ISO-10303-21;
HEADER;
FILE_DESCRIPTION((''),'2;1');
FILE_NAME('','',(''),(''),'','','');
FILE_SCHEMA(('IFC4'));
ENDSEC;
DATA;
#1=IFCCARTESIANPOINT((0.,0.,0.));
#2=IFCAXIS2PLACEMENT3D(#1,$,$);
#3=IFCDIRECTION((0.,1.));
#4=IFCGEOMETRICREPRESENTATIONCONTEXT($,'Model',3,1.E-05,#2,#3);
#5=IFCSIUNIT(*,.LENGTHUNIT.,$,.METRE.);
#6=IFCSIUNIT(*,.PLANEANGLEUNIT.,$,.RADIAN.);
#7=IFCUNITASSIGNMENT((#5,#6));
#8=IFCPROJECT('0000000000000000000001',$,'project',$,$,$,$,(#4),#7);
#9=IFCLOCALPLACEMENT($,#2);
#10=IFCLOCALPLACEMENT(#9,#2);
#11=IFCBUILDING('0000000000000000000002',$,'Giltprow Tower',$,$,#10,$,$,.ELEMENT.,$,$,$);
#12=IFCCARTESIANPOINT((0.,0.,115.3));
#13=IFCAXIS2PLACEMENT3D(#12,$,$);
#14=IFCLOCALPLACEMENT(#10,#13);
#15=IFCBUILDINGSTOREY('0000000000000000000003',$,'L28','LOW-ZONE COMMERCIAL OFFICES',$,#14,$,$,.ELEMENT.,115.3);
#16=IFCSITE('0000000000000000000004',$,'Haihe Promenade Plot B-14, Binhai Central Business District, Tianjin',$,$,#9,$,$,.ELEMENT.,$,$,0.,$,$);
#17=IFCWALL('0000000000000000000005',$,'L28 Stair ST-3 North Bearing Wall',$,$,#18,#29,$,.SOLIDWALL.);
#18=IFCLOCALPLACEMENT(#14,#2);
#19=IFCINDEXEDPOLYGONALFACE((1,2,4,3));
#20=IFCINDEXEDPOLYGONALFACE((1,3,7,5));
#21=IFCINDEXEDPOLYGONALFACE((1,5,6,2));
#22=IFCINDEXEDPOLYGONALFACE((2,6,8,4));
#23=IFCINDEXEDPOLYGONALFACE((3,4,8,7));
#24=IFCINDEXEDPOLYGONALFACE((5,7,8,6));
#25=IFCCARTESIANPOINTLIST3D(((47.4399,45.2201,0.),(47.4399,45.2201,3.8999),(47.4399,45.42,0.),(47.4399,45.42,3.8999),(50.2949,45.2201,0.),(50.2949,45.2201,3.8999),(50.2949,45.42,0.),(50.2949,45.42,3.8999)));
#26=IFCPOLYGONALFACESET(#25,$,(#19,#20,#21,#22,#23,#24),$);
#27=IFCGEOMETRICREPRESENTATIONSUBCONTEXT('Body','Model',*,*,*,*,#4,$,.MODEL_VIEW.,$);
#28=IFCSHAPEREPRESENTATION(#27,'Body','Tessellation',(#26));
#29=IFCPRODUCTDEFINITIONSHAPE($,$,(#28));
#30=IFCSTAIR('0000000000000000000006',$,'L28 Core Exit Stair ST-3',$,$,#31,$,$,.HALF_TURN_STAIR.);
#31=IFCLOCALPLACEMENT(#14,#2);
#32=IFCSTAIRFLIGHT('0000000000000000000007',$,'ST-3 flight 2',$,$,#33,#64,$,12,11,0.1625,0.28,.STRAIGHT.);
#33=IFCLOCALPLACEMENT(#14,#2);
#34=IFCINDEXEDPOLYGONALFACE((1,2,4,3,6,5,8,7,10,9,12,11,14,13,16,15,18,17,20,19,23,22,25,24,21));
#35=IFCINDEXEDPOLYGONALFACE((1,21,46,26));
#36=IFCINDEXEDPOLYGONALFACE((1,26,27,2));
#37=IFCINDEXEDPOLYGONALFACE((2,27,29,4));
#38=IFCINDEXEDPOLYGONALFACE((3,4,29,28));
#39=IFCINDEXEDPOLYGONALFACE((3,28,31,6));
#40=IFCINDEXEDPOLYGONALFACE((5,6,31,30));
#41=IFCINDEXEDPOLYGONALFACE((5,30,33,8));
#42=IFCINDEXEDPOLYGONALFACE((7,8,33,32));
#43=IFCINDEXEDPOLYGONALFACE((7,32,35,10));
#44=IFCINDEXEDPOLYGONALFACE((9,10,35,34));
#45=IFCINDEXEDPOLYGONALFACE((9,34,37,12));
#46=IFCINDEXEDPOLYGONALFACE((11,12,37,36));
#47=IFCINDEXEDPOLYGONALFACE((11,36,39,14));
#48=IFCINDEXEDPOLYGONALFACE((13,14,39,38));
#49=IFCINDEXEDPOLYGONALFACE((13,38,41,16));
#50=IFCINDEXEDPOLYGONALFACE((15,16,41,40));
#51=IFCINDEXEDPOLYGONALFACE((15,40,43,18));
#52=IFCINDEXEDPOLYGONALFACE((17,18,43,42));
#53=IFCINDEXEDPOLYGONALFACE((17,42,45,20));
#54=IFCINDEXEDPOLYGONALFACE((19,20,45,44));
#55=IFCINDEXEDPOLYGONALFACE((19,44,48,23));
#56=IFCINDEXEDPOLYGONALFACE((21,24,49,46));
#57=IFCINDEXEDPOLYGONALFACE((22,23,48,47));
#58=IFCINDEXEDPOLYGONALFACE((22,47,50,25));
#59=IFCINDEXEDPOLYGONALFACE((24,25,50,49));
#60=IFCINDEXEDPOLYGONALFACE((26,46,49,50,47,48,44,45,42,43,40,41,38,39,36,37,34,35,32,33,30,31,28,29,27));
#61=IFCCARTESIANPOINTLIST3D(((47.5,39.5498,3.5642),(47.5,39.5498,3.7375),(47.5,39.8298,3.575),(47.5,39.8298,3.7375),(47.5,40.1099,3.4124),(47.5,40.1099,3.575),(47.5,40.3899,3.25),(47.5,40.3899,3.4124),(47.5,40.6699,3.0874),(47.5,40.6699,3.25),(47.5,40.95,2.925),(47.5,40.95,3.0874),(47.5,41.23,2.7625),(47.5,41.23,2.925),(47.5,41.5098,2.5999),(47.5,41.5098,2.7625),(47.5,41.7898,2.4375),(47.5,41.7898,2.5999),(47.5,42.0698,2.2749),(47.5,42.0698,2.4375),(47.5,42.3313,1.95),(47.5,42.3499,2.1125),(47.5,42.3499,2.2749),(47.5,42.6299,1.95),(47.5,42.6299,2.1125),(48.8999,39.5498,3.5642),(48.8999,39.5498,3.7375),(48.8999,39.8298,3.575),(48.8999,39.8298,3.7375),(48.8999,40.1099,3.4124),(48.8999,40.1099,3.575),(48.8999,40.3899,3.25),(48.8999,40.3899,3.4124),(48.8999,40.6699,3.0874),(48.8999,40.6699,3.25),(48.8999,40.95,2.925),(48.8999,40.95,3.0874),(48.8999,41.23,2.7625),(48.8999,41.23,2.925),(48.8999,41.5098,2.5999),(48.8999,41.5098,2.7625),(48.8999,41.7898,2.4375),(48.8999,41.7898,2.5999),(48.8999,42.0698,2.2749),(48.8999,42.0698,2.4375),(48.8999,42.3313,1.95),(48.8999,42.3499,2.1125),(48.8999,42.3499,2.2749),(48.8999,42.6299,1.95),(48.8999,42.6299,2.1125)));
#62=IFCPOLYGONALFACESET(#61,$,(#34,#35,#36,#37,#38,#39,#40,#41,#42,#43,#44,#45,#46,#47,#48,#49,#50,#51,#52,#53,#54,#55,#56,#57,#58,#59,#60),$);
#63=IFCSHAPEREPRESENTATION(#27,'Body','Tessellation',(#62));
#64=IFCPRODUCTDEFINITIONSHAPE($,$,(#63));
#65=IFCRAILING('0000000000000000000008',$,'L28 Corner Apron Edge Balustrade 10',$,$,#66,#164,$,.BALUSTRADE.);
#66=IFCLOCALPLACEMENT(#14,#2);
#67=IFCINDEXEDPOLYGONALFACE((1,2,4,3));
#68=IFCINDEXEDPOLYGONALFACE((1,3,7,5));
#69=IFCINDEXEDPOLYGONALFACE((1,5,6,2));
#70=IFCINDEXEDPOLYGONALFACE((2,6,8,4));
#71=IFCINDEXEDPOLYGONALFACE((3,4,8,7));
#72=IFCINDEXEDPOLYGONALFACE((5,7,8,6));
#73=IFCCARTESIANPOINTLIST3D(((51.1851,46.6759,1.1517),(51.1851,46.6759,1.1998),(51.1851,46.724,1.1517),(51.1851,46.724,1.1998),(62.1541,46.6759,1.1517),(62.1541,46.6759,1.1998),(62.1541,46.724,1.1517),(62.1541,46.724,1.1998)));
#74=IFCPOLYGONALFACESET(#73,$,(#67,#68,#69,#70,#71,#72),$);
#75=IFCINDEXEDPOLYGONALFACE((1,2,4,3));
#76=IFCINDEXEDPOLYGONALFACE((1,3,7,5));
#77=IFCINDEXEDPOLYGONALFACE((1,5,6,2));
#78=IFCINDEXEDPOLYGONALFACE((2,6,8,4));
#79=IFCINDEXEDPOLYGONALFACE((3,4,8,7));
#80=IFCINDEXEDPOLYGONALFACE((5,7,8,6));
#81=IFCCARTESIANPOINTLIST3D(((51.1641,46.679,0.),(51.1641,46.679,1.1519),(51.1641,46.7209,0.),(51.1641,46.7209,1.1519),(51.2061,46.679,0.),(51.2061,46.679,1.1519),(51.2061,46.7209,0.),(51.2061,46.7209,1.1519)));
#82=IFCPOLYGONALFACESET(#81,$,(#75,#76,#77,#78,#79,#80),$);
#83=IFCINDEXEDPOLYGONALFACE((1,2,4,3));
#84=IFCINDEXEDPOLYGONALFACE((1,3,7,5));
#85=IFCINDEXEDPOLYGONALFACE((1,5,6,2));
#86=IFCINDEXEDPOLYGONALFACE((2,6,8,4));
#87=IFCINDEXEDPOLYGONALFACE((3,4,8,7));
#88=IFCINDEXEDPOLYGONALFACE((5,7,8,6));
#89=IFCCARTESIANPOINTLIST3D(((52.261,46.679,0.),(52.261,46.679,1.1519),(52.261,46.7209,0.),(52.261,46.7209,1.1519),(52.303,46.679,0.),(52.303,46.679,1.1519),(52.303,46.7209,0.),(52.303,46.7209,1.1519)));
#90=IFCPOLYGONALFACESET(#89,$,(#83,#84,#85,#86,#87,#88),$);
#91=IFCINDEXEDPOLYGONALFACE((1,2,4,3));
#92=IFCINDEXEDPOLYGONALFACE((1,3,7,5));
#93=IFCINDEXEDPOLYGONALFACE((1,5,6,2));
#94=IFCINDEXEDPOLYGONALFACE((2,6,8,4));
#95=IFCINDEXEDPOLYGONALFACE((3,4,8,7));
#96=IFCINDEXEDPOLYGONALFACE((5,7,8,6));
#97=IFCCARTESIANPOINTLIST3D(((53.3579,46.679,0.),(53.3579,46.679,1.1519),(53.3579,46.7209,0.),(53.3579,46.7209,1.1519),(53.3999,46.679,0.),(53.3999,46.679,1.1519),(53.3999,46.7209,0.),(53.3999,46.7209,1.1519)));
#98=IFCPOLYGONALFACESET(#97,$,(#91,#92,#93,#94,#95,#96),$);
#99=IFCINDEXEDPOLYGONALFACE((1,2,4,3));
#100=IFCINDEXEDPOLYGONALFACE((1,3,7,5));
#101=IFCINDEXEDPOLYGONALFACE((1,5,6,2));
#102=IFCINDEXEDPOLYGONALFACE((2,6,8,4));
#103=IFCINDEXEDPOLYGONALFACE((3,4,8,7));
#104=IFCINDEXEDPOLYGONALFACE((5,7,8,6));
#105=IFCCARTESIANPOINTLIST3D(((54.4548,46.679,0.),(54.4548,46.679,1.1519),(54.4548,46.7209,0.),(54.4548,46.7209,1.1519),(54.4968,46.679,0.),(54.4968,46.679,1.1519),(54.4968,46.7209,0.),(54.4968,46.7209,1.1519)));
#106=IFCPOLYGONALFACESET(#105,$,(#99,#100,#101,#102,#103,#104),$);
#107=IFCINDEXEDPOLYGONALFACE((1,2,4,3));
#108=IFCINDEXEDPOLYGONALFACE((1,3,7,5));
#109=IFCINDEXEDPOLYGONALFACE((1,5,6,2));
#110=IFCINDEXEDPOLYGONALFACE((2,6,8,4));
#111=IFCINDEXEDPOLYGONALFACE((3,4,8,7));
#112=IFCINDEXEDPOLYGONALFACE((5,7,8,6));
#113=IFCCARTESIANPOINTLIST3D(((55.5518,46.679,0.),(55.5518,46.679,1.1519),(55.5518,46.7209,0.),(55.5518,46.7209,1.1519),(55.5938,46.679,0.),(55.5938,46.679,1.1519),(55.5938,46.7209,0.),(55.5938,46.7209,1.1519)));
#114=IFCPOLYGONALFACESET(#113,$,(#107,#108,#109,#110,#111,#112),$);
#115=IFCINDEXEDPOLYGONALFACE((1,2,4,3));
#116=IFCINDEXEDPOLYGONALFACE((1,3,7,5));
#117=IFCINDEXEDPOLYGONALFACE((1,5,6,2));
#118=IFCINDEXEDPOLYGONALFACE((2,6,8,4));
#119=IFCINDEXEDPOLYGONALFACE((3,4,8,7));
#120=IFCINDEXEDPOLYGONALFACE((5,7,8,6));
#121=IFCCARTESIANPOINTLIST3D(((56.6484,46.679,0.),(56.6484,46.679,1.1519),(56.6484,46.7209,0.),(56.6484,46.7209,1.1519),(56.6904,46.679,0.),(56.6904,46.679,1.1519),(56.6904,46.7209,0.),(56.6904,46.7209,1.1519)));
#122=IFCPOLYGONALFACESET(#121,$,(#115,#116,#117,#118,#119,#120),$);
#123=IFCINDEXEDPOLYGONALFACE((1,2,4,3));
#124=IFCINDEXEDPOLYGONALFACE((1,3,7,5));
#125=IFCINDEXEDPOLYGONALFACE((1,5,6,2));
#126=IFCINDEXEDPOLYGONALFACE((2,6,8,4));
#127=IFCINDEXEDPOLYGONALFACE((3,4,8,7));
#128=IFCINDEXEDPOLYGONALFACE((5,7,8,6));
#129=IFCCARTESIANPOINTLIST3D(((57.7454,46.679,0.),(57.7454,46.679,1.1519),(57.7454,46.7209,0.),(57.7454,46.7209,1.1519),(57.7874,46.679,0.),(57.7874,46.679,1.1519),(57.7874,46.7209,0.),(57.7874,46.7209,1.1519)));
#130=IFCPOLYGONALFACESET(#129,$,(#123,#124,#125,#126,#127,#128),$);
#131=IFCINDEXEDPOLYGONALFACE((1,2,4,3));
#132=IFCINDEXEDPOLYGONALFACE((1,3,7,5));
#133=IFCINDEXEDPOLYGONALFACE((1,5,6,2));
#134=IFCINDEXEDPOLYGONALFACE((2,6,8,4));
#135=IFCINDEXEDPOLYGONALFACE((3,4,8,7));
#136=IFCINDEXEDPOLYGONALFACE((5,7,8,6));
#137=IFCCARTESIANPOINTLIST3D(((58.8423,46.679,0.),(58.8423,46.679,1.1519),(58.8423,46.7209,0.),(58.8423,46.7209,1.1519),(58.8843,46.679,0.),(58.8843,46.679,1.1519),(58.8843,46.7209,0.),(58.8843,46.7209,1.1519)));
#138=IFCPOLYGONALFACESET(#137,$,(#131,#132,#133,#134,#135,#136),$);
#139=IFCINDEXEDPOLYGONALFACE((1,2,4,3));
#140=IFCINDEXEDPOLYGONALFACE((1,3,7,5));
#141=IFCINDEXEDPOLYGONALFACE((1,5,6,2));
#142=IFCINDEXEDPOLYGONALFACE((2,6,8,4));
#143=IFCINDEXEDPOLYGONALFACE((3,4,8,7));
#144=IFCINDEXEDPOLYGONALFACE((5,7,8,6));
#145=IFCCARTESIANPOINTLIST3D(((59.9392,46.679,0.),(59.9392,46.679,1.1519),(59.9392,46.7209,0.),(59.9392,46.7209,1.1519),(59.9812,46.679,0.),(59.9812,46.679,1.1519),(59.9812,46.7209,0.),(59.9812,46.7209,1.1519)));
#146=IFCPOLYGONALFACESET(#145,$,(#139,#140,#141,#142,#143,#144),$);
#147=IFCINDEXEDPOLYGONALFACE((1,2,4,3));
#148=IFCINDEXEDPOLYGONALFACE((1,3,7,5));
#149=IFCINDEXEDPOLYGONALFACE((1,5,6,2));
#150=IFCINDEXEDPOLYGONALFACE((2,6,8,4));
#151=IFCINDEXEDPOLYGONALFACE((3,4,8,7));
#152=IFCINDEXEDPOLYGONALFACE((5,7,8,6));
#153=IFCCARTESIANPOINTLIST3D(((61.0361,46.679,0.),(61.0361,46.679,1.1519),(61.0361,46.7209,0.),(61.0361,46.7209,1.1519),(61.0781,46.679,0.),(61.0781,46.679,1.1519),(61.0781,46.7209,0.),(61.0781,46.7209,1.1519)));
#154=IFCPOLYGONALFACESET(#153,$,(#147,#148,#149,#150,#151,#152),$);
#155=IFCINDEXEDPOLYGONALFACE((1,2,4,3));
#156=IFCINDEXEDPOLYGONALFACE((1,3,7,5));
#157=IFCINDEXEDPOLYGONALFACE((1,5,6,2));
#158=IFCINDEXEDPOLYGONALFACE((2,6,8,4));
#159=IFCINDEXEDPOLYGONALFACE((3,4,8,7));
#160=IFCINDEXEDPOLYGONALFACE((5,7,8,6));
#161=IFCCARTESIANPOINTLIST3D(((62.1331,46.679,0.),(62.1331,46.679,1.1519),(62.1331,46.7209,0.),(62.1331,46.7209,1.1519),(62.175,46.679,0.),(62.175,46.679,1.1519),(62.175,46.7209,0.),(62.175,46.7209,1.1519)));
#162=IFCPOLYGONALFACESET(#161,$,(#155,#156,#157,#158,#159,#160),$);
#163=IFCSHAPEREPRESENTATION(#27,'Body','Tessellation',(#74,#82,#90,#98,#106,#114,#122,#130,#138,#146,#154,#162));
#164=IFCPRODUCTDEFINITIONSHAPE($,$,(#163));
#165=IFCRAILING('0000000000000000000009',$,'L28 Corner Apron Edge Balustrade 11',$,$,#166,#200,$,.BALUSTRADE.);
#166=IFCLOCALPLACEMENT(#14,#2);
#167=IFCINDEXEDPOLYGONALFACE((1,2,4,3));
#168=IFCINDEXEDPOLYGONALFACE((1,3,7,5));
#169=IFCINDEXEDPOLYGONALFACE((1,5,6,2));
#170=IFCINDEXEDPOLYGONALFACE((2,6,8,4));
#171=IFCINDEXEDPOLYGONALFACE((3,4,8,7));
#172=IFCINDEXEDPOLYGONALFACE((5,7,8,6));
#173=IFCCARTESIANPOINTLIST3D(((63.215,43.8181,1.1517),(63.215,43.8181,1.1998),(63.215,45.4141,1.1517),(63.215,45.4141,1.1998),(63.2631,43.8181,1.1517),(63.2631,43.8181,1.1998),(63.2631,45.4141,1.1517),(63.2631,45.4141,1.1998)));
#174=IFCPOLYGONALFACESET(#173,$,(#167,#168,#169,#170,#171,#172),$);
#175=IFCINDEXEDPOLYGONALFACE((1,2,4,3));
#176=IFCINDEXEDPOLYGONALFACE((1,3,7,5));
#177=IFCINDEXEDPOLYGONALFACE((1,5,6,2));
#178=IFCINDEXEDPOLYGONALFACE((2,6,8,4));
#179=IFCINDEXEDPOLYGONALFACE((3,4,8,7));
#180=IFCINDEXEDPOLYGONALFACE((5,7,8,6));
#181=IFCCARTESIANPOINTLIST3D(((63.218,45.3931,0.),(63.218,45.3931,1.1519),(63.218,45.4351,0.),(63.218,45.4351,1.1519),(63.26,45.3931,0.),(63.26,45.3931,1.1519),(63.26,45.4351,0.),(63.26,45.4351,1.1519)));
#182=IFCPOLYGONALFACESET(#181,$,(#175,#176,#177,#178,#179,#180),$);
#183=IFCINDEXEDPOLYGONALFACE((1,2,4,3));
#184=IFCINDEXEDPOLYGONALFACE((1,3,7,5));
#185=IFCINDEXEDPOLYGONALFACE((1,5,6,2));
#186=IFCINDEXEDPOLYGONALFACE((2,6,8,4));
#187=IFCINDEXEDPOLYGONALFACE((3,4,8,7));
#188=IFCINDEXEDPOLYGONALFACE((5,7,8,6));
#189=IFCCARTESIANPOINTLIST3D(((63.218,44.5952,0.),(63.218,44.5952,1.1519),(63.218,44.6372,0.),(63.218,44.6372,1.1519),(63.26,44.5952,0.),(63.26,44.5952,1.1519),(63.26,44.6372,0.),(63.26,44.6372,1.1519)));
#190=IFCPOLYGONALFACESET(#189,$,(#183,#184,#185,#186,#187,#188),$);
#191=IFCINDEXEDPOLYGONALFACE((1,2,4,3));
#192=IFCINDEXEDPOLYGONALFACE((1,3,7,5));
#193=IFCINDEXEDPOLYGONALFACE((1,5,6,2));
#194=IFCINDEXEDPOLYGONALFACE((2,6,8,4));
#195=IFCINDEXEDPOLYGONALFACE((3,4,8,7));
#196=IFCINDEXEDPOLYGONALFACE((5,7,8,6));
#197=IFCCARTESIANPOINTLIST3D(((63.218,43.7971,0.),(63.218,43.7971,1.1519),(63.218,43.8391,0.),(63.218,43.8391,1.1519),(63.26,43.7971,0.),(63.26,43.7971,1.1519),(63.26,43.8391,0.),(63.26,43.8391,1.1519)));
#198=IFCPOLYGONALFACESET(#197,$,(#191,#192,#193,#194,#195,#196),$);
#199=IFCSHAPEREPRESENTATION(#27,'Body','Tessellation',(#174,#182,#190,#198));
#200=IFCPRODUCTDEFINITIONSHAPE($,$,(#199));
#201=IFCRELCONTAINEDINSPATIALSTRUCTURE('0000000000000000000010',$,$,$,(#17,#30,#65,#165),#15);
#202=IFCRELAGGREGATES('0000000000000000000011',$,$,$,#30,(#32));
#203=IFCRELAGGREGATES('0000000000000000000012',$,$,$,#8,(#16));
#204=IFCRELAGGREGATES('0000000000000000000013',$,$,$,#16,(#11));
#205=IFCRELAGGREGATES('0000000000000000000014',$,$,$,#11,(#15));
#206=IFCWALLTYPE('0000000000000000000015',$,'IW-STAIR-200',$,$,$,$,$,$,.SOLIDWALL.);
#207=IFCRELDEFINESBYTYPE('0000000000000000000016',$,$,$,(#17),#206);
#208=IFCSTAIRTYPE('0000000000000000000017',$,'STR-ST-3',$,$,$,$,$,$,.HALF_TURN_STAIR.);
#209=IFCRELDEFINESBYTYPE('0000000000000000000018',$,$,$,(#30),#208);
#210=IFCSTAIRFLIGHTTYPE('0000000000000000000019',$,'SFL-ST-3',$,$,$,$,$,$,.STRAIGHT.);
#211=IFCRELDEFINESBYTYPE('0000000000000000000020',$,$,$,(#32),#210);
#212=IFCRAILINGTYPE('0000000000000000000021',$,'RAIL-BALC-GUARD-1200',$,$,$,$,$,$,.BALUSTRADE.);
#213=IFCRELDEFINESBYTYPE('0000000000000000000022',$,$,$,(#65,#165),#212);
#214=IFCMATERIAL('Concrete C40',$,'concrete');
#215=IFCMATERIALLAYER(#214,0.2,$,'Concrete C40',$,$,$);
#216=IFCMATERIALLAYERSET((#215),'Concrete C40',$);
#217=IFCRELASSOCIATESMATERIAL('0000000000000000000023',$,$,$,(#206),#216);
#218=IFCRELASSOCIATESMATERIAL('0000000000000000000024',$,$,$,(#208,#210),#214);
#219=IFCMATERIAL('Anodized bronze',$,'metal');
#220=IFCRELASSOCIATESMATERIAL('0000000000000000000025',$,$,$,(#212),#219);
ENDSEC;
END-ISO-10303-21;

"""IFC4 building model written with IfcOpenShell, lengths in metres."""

from ifc_helpers import new_model, si_unit, direction, frame, frame_2d, origin, origin_2d, place, context, subcontext, project, spatial, polyline, rectangle, outline, extrude, material, layer, layer_set, type_object, element, aggregate, save


model = new_model("IFC4")

# Units and contexts
model_context = context("Model", 3, precision=1e-05, world=origin(), true_north=direction((0.0, 1.0)))
body_context = subcontext(model_context, "Body", "Model", "MODEL_VIEW")
ifc_project = project(units=[si_unit("LENGTHUNIT", "METRE"), si_unit("PLANEANGLEUNIT", "RADIAN")], contexts=[model_context])

# Site, building, storey
site_placement = place(None, origin())
site = spatial("IfcSite", under=ifc_project, at=site_placement, Name="Haihe Promenade Plot B-14, Binhai Central Business District, Tianjin", CompositionType="ELEMENT", RefElevation=0.0)
building_placement = place(site_placement, origin())
building = spatial("IfcBuilding", under=site, at=building_placement, Name="Giltprow Tower", CompositionType="ELEMENT")
storey_placement = place(building_placement, frame((0.0, 0.0, 115.3)))
storey = spatial("IfcBuildingStorey", under=building, at=storey_placement, Name="L28", Description="LOW-ZONE COMMERCIAL OFFICES", CompositionType="ELEMENT", Elevation=115.3)

# Wall
ifc_material_1 = material(Name="Concrete C40", Category="concrete")
ifc_layer_1 = layer(ifc_material_1, 0.2, Name="Concrete C40")
ifc_layer_set_1 = layer_set([ifc_layer_1], Name="Concrete C40")
wall_type_1 = type_object("IfcWallType", Name="IW-STAIR-200", PredefinedType="SOLIDWALL", material=ifc_layer_set_1)
wall_1_placement = place(storey_placement, frame((47.4399, 45.3201, 0.0), z_axis=(0.0, 0.0, 1.0), x_axis=(1.0, 0.0, 0.0)))
element("IfcWall", 1, at=wall_1_placement, inside=storey, type_object=wall_type_1, Name="L28 Stair ST-3 North Bearing Wall", PredefinedType="SOLIDWALL", context=body_context, shape_type="SweptSolid", body=[
    extrude(rectangle(XDim=2.855, YDim=0.2, at=frame_2d((1.4275, 0.0))), origin(), (0.0, 0.0, 1.0), 3.8999),
])

# Stair, stair flight
stair_type = type_object("IfcStairType", Name="STR-ST-3", PredefinedType="HALF_TURN_STAIR", material=ifc_material_1)
stair_placement = place(storey_placement, origin())
stair = element("IfcStair", 2, at=stair_placement, inside=storey, type_object=stair_type, Name="L28 Core Exit Stair ST-3", PredefinedType="HALF_TURN_STAIR")
stair_flight_type = type_object("IfcStairFlightType", Name="SFL-ST-3", PredefinedType="STRAIGHT", material=ifc_material_1)
stair_flight_placement = place(storey_placement, frame((48.2, 42.6299, 1.95), z_axis=(0.0, 0.0, 1.0), x_axis=(0.0, -1.0, 0.0)))
stair_flight = element("IfcStairFlight", 3, at=stair_flight_placement, type_object=stair_flight_type, Name="ST-3 flight 2", NumberOfRisers=12, NumberOfTreads=11, PredefinedType="STRAIGHT", RiserHeight=0.1625, TreadLength=0.28, context=body_context, shape_type="SweptSolid", body=[
    extrude(outline(polyline([(0.0, 0.0), (0.0, 0.1626), (0.28, 0.1626), (0.28, 0.325), (0.5601, 0.325), (0.5601, 0.4875), (0.8401, 0.4875), (0.8401, 0.6499), (1.1201, 0.6499), (1.1201, 0.8125), (1.3999, 0.8125), (1.3999, 0.9751), (1.6799, 0.9751), (1.6799, 1.1375), (1.96, 1.1375), (1.96, 1.3), (2.24, 1.3), (2.24, 1.4624), (2.52, 1.4624), (2.52, 1.625), (2.8, 1.625), (2.8, 1.7876), (3.0801, 1.7876), (3.0801, 1.95), (3.0801, 1.6143), (0.2986, 0.0), (0.0, 0.0)])), frame((0.0, 0.7, 0.0), z_axis=(0.0, -1.0, 0.0), x_axis=(1.0, 0.0, 0.0)), (0.0, 0.0, 1.0), 1.3999),
])
aggregate(stair, [stair_flight])

# Railings
ifc_material_2 = material(Name="Anodized bronze", Category="metal")
railing_type_1 = type_object("IfcRailingType", Name="RAIL-BALC-GUARD-1200", PredefinedType="BALUSTRADE", material=ifc_material_2)
railing_1_placement = place(storey_placement, frame((51.1851, 46.7, 0.0)))
element("IfcRailing", 4, at=railing_1_placement, inside=storey, type_object=railing_type_1, Name="L28 Corner Apron Edge Balustrade 10", PredefinedType="BALUSTRADE", context=body_context, shape_type="SweptSolid", body=[
    extrude(rectangle(XDim=0.0481, YDim=0.0481, at=origin_2d()), frame((0.0, 0.0, 1.1758), z_axis=(1.0, 0.0, 0.0), x_axis=(0.0, 1.0, 0.0)), (0.0, 0.0, 1.0), 10.969),
    extrude(rectangle(XDim=0.042, YDim=0.042, at=origin_2d()), origin(), (0.0, 0.0, 1.0), 1.1519),
    extrude(rectangle(XDim=0.042, YDim=0.042, at=origin_2d()), frame((1.0969, 0.0, 0.0)), (0.0, 0.0, 1.0), 1.1519),
    extrude(rectangle(XDim=0.042, YDim=0.042, at=origin_2d()), frame((2.1938, 0.0, 0.0)), (0.0, 0.0, 1.0), 1.1519),
    extrude(rectangle(XDim=0.042, YDim=0.042, at=origin_2d()), frame((3.2908, 0.0, 0.0)), (0.0, 0.0, 1.0), 1.1519),
    extrude(rectangle(XDim=0.042, YDim=0.042, at=origin_2d()), frame((4.3877, 0.0, 0.0)), (0.0, 0.0, 1.0), 1.1519),
    extrude(rectangle(XDim=0.042, YDim=0.042, at=origin_2d()), frame((5.4844, 0.0, 0.0)), (0.0, 0.0, 1.0), 1.1519),
    extrude(rectangle(XDim=0.042, YDim=0.042, at=origin_2d()), frame((6.5813, 0.0, 0.0)), (0.0, 0.0, 1.0), 1.1519),
    extrude(rectangle(XDim=0.042, YDim=0.042, at=origin_2d()), frame((7.6782, 0.0, 0.0)), (0.0, 0.0, 1.0), 1.1519),
    extrude(rectangle(XDim=0.042, YDim=0.042, at=origin_2d()), frame((8.7751, 0.0, 0.0)), (0.0, 0.0, 1.0), 1.1519),
    extrude(rectangle(XDim=0.042, YDim=0.042, at=origin_2d()), frame((9.8721, 0.0, 0.0)), (0.0, 0.0, 1.0), 1.1519),
    extrude(rectangle(XDim=0.042, YDim=0.042, at=origin_2d()), frame((10.969, 0.0, 0.0)), (0.0, 0.0, 1.0), 1.1519),
])
railing_2_placement = place(storey_placement, frame((63.239, 45.4141, 0.0)))
element("IfcRailing", 5, at=railing_2_placement, inside=storey, type_object=railing_type_1, Name="L28 Corner Apron Edge Balustrade 11", PredefinedType="BALUSTRADE", context=body_context, shape_type="SweptSolid", body=[
    extrude(rectangle(XDim=0.0481, YDim=0.0481, at=origin_2d()), frame((0.0, 0.0, 1.1758), z_axis=(0.0, -1.0, 0.0), x_axis=(1.0, 0.0, 0.0)), (0.0, 0.0, 1.0), 1.5959),
    extrude(rectangle(XDim=0.042, YDim=0.042, at=origin_2d()), origin(), (0.0, 0.0, 1.0), 1.1519),
    extrude(rectangle(XDim=0.042, YDim=0.042, at=origin_2d()), frame((0.0, -0.7979, 0.0)), (0.0, 0.0, 1.0), 1.1519),
    extrude(rectangle(XDim=0.042, YDim=0.042, at=origin_2d()), frame((0.0, -1.5959, 0.0)), (0.0, 0.0, 1.0), 1.1519),
])

save(model, "model.ifc")
